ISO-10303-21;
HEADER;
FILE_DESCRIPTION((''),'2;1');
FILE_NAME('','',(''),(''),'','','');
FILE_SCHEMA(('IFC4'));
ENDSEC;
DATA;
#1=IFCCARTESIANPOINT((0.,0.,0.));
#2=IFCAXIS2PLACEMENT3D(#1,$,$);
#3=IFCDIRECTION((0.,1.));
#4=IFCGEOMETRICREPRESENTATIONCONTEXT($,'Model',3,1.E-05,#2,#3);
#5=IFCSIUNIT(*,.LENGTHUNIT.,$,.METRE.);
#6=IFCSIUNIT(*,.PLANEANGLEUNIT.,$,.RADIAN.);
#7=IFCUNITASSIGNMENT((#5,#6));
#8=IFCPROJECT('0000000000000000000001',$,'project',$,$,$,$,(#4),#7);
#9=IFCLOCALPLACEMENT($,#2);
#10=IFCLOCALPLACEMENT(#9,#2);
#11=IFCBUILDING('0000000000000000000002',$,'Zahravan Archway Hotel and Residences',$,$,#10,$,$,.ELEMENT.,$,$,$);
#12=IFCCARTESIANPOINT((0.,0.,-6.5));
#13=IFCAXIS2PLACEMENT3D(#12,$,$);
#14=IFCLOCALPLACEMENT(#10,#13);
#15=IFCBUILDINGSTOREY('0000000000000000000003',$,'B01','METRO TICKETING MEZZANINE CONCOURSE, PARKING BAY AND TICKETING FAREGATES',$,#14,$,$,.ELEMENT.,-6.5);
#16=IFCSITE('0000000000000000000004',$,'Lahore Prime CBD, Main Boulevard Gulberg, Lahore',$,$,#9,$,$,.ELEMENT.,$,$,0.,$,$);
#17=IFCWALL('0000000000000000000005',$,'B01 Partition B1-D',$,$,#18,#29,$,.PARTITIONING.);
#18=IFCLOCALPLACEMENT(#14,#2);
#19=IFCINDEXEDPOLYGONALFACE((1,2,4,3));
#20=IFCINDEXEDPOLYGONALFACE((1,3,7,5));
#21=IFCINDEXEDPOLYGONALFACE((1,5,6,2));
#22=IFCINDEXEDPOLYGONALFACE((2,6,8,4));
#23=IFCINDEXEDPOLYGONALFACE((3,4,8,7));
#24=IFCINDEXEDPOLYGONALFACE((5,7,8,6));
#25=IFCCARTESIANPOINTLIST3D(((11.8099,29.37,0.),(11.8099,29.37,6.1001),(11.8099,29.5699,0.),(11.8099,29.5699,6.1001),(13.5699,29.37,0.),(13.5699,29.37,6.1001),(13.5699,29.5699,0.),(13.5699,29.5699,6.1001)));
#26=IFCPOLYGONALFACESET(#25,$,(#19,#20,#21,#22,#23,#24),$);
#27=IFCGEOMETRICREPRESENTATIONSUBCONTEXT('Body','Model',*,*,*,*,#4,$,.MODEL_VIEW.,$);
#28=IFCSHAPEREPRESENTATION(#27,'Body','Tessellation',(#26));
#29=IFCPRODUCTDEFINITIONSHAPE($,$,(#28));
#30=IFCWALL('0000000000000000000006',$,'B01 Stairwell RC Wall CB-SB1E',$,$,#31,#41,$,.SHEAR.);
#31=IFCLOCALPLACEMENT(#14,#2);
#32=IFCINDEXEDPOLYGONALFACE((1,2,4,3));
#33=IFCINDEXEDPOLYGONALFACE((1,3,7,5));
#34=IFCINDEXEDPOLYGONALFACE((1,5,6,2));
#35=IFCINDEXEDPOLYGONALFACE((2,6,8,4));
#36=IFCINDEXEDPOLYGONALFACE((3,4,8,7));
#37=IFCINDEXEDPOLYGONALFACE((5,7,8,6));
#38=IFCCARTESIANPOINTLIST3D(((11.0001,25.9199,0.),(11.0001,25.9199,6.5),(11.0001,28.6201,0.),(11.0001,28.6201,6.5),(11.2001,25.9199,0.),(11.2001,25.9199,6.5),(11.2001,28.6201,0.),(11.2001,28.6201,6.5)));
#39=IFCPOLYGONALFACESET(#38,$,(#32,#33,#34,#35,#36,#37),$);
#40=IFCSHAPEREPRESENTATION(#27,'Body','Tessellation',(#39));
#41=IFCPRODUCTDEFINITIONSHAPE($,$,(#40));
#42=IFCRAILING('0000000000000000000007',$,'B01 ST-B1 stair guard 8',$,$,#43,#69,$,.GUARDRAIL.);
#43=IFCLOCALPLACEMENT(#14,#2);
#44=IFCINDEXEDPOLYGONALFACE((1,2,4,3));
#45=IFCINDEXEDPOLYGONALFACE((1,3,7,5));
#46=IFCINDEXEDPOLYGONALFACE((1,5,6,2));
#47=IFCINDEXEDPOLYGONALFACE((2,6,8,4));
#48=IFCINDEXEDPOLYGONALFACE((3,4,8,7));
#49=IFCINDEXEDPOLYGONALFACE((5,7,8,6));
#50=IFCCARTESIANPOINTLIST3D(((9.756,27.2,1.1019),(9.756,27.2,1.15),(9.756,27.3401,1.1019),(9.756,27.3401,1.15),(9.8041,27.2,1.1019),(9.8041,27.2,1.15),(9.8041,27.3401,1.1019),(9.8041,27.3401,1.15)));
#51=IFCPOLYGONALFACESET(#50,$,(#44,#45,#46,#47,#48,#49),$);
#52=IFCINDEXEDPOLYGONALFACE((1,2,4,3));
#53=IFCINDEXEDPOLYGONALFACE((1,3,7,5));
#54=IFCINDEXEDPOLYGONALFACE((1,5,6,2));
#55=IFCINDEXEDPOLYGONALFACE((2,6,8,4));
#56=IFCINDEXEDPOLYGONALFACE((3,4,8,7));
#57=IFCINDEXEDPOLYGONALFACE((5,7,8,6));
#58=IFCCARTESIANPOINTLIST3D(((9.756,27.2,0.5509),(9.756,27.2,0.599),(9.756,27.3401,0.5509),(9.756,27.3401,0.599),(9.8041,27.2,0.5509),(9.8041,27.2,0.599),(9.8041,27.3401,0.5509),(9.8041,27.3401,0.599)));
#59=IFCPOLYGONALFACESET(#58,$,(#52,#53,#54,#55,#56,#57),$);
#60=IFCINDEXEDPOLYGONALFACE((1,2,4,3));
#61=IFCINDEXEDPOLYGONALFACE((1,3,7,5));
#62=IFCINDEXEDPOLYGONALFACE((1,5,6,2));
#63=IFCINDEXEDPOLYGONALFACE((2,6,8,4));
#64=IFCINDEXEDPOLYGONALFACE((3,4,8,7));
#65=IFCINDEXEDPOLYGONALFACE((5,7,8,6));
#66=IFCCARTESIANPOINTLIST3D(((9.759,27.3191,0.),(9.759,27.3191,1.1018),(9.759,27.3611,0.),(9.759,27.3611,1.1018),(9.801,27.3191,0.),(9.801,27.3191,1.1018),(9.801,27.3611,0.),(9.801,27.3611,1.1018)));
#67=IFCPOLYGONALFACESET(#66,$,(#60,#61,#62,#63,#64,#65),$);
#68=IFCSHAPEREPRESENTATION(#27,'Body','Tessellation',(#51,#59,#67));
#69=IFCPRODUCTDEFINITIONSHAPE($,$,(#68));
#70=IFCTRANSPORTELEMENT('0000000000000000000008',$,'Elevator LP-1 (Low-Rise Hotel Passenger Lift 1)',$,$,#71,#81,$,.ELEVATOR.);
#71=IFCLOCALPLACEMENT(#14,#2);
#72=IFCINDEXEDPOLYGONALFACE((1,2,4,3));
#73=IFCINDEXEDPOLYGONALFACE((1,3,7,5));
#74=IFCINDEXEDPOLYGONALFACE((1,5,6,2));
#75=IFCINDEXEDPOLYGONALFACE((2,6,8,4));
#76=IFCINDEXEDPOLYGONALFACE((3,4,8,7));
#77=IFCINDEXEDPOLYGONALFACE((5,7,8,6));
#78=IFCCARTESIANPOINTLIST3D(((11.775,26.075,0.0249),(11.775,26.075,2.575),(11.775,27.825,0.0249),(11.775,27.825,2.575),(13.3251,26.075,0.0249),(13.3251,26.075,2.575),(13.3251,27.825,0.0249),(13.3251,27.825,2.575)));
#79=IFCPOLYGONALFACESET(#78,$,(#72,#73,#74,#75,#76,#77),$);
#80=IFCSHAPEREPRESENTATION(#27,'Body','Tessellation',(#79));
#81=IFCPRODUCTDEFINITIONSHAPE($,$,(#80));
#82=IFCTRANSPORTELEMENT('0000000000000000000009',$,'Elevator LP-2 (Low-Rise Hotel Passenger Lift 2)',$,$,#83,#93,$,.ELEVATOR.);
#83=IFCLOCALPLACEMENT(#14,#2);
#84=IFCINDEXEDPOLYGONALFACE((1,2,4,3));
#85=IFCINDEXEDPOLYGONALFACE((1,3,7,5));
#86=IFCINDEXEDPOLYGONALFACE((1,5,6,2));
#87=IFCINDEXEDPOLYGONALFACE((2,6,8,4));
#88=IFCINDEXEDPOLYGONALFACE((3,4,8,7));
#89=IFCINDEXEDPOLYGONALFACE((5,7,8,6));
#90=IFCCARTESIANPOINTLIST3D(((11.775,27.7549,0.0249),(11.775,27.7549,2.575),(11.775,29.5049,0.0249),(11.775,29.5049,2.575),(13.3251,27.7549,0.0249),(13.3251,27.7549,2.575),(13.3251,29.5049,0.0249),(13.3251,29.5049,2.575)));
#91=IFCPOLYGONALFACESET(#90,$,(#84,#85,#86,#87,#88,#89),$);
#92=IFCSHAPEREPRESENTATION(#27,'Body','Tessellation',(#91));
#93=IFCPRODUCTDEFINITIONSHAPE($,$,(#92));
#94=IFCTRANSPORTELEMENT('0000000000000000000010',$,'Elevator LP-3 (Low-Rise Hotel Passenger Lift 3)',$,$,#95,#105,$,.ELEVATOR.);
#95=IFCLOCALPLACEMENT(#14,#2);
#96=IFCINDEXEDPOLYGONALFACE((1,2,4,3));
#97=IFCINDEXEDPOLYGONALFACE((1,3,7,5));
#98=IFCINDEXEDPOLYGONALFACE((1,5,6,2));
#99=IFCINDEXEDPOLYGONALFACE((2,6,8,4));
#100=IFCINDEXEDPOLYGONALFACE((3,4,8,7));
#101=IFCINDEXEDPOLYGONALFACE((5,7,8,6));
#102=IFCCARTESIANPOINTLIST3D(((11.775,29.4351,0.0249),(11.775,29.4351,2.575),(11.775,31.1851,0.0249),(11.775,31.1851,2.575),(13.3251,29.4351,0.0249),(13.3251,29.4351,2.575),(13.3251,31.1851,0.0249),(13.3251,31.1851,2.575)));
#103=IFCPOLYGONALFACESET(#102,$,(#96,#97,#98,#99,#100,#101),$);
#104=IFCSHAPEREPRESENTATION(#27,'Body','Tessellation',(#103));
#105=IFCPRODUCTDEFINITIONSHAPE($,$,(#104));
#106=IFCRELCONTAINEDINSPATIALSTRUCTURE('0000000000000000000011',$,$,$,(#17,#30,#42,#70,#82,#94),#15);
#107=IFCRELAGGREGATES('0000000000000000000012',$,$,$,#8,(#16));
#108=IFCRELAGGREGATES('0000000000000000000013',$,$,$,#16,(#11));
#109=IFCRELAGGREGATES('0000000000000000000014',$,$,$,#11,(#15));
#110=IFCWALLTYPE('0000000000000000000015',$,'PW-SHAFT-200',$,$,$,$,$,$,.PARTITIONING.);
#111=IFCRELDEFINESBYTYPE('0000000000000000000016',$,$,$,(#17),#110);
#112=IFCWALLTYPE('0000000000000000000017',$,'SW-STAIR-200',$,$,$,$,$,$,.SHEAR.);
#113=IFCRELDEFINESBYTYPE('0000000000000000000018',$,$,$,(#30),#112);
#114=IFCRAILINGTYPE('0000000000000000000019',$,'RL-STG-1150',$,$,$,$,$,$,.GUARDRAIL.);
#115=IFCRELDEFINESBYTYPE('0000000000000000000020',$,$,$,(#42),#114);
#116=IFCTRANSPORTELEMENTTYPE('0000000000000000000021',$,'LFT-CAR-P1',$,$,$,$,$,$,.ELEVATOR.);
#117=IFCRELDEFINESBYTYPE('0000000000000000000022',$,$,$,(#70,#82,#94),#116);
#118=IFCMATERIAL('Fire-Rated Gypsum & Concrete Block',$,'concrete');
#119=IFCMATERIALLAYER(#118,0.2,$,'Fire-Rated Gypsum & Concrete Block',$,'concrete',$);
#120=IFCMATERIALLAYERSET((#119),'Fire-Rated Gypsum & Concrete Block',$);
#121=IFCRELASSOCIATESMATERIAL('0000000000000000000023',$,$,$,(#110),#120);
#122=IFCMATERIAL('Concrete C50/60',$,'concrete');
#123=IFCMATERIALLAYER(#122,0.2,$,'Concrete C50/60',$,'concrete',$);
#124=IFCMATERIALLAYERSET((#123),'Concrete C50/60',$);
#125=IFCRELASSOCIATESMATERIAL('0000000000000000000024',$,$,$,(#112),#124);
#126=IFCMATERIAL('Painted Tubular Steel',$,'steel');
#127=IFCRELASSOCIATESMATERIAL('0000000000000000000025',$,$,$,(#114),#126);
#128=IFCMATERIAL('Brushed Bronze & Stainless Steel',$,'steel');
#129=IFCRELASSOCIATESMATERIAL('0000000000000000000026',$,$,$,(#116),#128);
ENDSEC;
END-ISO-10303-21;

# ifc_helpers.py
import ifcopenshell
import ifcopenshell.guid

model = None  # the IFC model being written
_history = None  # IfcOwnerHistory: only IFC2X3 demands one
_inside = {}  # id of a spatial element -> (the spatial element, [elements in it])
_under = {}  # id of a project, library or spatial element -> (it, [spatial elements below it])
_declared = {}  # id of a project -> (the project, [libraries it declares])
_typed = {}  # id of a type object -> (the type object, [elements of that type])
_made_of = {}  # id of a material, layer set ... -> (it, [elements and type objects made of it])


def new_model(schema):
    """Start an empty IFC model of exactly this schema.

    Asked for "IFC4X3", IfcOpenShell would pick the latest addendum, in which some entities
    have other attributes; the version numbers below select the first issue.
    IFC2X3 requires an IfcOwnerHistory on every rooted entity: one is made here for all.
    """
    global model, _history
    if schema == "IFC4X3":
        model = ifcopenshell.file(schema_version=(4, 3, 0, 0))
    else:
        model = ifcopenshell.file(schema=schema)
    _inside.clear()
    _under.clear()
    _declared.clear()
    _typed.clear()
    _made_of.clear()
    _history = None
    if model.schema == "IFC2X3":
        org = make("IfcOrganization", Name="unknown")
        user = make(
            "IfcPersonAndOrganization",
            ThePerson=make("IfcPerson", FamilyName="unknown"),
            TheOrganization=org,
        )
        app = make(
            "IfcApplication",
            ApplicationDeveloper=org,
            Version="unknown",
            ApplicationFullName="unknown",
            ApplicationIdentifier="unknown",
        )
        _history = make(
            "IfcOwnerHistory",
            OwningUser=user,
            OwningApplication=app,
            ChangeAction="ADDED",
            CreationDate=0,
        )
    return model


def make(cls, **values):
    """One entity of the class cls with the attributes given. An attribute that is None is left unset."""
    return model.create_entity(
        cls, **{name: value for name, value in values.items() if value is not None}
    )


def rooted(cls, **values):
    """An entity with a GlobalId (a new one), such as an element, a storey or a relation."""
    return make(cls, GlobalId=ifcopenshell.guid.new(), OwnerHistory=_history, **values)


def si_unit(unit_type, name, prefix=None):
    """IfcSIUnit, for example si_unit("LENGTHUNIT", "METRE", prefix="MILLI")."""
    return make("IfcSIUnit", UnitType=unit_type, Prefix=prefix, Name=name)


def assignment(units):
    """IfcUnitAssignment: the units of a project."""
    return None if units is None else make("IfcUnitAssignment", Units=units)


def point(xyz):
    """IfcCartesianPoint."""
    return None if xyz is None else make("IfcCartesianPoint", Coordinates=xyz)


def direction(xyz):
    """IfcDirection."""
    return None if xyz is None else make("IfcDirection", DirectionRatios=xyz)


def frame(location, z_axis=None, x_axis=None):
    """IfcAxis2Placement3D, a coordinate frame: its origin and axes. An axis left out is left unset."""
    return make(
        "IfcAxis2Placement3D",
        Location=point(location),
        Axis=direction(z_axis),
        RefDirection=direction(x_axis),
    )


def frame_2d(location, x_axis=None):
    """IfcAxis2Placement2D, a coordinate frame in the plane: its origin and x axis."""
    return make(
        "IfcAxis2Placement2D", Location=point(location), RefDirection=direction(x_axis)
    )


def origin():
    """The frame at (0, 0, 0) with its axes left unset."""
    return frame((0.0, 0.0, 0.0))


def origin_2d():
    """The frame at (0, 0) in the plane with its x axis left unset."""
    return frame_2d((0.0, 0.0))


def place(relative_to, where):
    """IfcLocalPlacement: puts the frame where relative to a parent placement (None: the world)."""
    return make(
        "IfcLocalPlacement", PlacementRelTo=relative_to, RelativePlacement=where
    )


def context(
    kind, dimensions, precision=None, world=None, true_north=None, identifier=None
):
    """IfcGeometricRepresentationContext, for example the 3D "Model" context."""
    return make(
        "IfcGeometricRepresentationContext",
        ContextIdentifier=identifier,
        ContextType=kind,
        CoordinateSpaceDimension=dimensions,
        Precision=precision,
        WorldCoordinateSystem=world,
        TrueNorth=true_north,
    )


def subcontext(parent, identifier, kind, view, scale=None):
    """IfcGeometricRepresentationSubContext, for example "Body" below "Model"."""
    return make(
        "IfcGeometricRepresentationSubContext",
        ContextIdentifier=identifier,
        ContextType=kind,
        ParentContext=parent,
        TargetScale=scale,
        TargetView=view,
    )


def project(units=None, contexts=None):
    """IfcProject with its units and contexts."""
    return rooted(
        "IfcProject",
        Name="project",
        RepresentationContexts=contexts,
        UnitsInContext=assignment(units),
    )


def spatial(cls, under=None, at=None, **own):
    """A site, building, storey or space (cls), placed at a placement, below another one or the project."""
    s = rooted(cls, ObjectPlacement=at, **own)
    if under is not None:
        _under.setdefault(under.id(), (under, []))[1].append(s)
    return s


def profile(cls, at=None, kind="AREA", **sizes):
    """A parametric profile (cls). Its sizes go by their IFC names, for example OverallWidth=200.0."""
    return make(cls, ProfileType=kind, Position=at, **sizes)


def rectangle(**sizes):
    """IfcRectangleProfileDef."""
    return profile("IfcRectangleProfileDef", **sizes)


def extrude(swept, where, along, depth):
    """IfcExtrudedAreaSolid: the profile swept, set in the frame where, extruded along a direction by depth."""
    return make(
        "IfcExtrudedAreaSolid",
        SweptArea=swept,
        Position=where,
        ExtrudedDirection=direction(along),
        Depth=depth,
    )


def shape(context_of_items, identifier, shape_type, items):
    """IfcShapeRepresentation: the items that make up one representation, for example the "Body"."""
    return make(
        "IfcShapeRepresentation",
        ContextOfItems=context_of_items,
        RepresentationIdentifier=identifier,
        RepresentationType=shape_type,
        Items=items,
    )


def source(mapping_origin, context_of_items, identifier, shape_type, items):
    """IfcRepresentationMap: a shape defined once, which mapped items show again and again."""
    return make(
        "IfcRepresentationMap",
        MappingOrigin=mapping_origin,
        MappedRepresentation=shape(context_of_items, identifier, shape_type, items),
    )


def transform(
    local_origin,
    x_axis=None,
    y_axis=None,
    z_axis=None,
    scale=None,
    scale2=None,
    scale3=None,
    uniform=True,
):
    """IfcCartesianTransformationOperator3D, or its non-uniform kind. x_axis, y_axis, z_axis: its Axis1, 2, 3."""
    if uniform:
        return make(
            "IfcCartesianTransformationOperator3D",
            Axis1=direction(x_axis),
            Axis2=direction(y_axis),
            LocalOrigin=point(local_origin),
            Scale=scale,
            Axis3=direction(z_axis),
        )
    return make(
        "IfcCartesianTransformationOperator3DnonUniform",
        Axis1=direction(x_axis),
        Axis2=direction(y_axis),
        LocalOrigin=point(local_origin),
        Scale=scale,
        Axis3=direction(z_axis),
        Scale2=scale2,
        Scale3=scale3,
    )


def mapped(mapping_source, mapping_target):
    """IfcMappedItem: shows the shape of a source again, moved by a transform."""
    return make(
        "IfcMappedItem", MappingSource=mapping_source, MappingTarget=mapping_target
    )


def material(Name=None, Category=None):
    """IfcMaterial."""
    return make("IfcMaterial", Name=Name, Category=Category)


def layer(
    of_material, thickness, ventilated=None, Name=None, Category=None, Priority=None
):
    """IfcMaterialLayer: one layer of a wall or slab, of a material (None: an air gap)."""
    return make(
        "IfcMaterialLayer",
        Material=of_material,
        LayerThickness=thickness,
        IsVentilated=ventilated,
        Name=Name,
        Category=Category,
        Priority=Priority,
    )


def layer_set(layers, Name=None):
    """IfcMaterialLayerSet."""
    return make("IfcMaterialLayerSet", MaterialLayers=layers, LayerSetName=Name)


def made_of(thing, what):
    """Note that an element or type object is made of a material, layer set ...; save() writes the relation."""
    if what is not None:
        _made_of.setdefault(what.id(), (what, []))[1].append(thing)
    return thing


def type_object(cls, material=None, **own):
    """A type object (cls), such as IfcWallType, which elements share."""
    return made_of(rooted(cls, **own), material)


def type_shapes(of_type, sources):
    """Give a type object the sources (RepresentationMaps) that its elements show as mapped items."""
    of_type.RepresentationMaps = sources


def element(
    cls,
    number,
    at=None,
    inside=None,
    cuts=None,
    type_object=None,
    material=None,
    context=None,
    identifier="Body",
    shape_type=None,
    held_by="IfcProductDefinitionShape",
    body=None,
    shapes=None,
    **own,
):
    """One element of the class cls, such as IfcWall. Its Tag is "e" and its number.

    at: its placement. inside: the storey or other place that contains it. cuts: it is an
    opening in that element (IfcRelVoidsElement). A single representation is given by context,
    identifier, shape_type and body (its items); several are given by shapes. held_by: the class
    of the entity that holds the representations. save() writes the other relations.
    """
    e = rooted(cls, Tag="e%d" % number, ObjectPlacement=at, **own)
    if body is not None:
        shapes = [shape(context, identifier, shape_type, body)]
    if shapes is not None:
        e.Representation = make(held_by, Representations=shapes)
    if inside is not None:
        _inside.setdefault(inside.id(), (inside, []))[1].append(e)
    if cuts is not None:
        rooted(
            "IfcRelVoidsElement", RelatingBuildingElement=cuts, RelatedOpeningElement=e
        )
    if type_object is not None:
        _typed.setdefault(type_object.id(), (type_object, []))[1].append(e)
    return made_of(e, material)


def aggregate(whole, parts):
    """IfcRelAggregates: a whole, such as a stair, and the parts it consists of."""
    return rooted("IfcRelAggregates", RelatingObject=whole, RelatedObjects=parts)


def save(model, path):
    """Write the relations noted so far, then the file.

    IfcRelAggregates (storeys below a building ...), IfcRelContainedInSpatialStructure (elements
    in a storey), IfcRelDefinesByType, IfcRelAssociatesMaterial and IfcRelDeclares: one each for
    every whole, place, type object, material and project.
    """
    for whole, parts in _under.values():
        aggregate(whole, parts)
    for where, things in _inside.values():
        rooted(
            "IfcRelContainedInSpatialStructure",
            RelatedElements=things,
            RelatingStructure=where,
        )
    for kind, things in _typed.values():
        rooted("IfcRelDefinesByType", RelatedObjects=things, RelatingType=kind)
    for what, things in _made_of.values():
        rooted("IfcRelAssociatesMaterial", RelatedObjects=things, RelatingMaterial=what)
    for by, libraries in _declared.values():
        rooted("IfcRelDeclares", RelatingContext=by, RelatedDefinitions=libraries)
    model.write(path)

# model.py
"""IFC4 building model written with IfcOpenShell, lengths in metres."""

from ifc_helpers import new_model, si_unit, direction, frame, frame_2d, origin, origin_2d, place, context, subcontext, project, spatial, rectangle, extrude, source, transform, mapped, material, layer, layer_set, type_object, type_shapes, element, save


model = new_model("IFC4")

# Units and contexts
model_context = context("Model", 3, precision=1e-05, world=origin(), true_north=direction((0.0, 1.0)))
body_context = subcontext(model_context, "Body", "Model", "MODEL_VIEW")
ifc_project = project(units=[si_unit("LENGTHUNIT", "METRE"), si_unit("PLANEANGLEUNIT", "RADIAN")], contexts=[model_context])

# Site, building, storey
site_placement = place(None, origin())
site = spatial("IfcSite", under=ifc_project, at=site_placement, Name="Lahore Prime CBD, Main Boulevard Gulberg, Lahore", CompositionType="ELEMENT", RefElevation=0.0)
building_placement = place(site_placement, origin())
building = spatial("IfcBuilding", under=site, at=building_placement, Name="Zahravan Archway Hotel and Residences", CompositionType="ELEMENT")
storey_placement = place(building_placement, frame((0.0, 0.0, -6.5)))
storey = spatial("IfcBuildingStorey", under=building, at=storey_placement, Name="B01", Description="METRO TICKETING MEZZANINE CONCOURSE, PARKING BAY AND TICKETING FAREGATES", CompositionType="ELEMENT", Elevation=-6.5)

# Shared definitions
ifc_material_1 = material(Name="Concrete C50/60", Category="concrete")

# Shared definitions
ifc_material_2 = material(Name="Fire-Rated Gypsum & Concrete Block", Category="concrete")
ifc_layer_1 = layer(ifc_material_2, 0.2, Name="Fire-Rated Gypsum & Concrete Block", Category="concrete")
ifc_layer_set_1 = layer_set([ifc_layer_1], Name="Fire-Rated Gypsum & Concrete Block")
wall_type_1 = type_object("IfcWallType", Name="PW-SHAFT-200", PredefinedType="PARTITIONING", material=ifc_layer_set_1)

# Walls
for number, where, z_axis, x_axis, name in (
    (1, (11.8101, 29.47, 0.0), (0.0, 0.0, 1.0), (1.0, 0.0, 0.0), "B01 Partition B1-D"),
):
    element("IfcWall", number, at=place(storey_placement, frame(where, z_axis=z_axis, x_axis=x_axis)), inside=storey, type_object=wall_type_1, Name=name, PredefinedType="PARTITIONING", context=body_context, shape_type="SweptSolid", body=[
        extrude(rectangle(XDim=1.76, YDim=0.2, at=frame_2d((0.8799, 0.0))), origin(), (0.0, 0.0, 1.0), 6.1001),
    ])
ifc_layer_2 = layer(ifc_material_1, 0.2, Name="Concrete C50/60", Category="concrete")
ifc_layer_set_2 = layer_set([ifc_layer_2], Name="Concrete C50/60")
wall_type_2 = type_object("IfcWallType", Name="SW-STAIR-200", PredefinedType="SHEAR", material=ifc_layer_set_2)
wall_1_placement = place(storey_placement, frame((11.1001, 25.9199, 0.0), z_axis=(0.0, 0.0, 1.0), x_axis=(0.0, 1.0, 0.0)))
element("IfcWall", 2, at=wall_1_placement, inside=storey, type_object=wall_type_2, Name="B01 Stairwell RC Wall CB-SB1E", PredefinedType="SHEAR", context=body_context, shape_type="SweptSolid", body=[
    extrude(rectangle(XDim=2.7002, YDim=0.2, at=frame_2d((1.3501, 0.0))), origin(), (0.0, 0.0, 1.0), 6.5),
])

# Railing
ifc_material_3 = material(Name="Painted Tubular Steel", Category="steel")
railing_type = type_object("IfcRailingType", Name="RL-STG-1150", PredefinedType="GUARDRAIL", material=ifc_material_3)
railing_placement = place(storey_placement, frame((9.78, 27.3401, 0.0)))
element("IfcRailing", 3, at=railing_placement, inside=storey, type_object=railing_type, Name="B01 ST-B1 stair guard 8", PredefinedType="GUARDRAIL", context=body_context, shape_type="SweptSolid", body=[
    extrude(rectangle(XDim=0.0481, YDim=0.0481, at=origin_2d()), frame((0.0, 0.0, 1.126), z_axis=(0.0, -1.0, 0.0), x_axis=(1.0, 0.0, 0.0)), (0.0, 0.0, 1.0), 0.1401),
    extrude(rectangle(XDim=0.0481, YDim=0.0481, at=origin_2d()), frame((0.0, 0.0, 0.575), z_axis=(0.0, -1.0, 0.0), x_axis=(1.0, 0.0, 0.0)), (0.0, 0.0, 1.0), 0.1401),
    extrude(rectangle(XDim=0.042, YDim=0.042, at=origin_2d()), origin(), (0.0, 0.0, 1.0), 1.1018),
])

# Transport elements
ifc_material_4 = material(Name="Brushed Bronze & Stainless Steel", Category="steel")
transport_element_type = type_object("IfcTransportElementType", Name="LFT-CAR-P1", PredefinedType="ELEVATOR", material=ifc_material_4)
shared_shape_1 = source(origin(), body_context, "Body", "SweptSolid", [
    extrude(rectangle(XDim=1.55, YDim=1.75, at=origin_2d()), origin(), (0.0, 0.0, 1.0), 2.55),
])
type_shapes(transport_element_type, [shared_shape_1])
for number, where, z_axis, x_axis, name in (
    (4, (12.55, 26.95, 0.0249), (0.0, 0.0, 1.0), (1.0, 0.0, 0.0), "Elevator LP-1 (Low-Rise Hotel Passenger Lift 1)"),
    (5, (12.55, 28.6299, 0.0249), (0.0, 0.0, 1.0), (1.0, 0.0, 0.0), "Elevator LP-2 (Low-Rise Hotel Passenger Lift 2)"),
    (6, (12.55, 30.3101, 0.0249), (0.0, 0.0, 1.0), (1.0, 0.0, 0.0), "Elevator LP-3 (Low-Rise Hotel Passenger Lift 3)"),
):
    element("IfcTransportElement", number, at=place(storey_placement, frame(where, z_axis=z_axis, x_axis=x_axis)), inside=storey, type_object=transport_element_type, Name=name, PredefinedType="ELEVATOR", context=body_context, shape_type="MappedRepresentation", body=[
        mapped(shared_shape_1, transform((0.0, 0.0, 0.0), scale=1.0)),
    ])

save(model, "model.ifc")
